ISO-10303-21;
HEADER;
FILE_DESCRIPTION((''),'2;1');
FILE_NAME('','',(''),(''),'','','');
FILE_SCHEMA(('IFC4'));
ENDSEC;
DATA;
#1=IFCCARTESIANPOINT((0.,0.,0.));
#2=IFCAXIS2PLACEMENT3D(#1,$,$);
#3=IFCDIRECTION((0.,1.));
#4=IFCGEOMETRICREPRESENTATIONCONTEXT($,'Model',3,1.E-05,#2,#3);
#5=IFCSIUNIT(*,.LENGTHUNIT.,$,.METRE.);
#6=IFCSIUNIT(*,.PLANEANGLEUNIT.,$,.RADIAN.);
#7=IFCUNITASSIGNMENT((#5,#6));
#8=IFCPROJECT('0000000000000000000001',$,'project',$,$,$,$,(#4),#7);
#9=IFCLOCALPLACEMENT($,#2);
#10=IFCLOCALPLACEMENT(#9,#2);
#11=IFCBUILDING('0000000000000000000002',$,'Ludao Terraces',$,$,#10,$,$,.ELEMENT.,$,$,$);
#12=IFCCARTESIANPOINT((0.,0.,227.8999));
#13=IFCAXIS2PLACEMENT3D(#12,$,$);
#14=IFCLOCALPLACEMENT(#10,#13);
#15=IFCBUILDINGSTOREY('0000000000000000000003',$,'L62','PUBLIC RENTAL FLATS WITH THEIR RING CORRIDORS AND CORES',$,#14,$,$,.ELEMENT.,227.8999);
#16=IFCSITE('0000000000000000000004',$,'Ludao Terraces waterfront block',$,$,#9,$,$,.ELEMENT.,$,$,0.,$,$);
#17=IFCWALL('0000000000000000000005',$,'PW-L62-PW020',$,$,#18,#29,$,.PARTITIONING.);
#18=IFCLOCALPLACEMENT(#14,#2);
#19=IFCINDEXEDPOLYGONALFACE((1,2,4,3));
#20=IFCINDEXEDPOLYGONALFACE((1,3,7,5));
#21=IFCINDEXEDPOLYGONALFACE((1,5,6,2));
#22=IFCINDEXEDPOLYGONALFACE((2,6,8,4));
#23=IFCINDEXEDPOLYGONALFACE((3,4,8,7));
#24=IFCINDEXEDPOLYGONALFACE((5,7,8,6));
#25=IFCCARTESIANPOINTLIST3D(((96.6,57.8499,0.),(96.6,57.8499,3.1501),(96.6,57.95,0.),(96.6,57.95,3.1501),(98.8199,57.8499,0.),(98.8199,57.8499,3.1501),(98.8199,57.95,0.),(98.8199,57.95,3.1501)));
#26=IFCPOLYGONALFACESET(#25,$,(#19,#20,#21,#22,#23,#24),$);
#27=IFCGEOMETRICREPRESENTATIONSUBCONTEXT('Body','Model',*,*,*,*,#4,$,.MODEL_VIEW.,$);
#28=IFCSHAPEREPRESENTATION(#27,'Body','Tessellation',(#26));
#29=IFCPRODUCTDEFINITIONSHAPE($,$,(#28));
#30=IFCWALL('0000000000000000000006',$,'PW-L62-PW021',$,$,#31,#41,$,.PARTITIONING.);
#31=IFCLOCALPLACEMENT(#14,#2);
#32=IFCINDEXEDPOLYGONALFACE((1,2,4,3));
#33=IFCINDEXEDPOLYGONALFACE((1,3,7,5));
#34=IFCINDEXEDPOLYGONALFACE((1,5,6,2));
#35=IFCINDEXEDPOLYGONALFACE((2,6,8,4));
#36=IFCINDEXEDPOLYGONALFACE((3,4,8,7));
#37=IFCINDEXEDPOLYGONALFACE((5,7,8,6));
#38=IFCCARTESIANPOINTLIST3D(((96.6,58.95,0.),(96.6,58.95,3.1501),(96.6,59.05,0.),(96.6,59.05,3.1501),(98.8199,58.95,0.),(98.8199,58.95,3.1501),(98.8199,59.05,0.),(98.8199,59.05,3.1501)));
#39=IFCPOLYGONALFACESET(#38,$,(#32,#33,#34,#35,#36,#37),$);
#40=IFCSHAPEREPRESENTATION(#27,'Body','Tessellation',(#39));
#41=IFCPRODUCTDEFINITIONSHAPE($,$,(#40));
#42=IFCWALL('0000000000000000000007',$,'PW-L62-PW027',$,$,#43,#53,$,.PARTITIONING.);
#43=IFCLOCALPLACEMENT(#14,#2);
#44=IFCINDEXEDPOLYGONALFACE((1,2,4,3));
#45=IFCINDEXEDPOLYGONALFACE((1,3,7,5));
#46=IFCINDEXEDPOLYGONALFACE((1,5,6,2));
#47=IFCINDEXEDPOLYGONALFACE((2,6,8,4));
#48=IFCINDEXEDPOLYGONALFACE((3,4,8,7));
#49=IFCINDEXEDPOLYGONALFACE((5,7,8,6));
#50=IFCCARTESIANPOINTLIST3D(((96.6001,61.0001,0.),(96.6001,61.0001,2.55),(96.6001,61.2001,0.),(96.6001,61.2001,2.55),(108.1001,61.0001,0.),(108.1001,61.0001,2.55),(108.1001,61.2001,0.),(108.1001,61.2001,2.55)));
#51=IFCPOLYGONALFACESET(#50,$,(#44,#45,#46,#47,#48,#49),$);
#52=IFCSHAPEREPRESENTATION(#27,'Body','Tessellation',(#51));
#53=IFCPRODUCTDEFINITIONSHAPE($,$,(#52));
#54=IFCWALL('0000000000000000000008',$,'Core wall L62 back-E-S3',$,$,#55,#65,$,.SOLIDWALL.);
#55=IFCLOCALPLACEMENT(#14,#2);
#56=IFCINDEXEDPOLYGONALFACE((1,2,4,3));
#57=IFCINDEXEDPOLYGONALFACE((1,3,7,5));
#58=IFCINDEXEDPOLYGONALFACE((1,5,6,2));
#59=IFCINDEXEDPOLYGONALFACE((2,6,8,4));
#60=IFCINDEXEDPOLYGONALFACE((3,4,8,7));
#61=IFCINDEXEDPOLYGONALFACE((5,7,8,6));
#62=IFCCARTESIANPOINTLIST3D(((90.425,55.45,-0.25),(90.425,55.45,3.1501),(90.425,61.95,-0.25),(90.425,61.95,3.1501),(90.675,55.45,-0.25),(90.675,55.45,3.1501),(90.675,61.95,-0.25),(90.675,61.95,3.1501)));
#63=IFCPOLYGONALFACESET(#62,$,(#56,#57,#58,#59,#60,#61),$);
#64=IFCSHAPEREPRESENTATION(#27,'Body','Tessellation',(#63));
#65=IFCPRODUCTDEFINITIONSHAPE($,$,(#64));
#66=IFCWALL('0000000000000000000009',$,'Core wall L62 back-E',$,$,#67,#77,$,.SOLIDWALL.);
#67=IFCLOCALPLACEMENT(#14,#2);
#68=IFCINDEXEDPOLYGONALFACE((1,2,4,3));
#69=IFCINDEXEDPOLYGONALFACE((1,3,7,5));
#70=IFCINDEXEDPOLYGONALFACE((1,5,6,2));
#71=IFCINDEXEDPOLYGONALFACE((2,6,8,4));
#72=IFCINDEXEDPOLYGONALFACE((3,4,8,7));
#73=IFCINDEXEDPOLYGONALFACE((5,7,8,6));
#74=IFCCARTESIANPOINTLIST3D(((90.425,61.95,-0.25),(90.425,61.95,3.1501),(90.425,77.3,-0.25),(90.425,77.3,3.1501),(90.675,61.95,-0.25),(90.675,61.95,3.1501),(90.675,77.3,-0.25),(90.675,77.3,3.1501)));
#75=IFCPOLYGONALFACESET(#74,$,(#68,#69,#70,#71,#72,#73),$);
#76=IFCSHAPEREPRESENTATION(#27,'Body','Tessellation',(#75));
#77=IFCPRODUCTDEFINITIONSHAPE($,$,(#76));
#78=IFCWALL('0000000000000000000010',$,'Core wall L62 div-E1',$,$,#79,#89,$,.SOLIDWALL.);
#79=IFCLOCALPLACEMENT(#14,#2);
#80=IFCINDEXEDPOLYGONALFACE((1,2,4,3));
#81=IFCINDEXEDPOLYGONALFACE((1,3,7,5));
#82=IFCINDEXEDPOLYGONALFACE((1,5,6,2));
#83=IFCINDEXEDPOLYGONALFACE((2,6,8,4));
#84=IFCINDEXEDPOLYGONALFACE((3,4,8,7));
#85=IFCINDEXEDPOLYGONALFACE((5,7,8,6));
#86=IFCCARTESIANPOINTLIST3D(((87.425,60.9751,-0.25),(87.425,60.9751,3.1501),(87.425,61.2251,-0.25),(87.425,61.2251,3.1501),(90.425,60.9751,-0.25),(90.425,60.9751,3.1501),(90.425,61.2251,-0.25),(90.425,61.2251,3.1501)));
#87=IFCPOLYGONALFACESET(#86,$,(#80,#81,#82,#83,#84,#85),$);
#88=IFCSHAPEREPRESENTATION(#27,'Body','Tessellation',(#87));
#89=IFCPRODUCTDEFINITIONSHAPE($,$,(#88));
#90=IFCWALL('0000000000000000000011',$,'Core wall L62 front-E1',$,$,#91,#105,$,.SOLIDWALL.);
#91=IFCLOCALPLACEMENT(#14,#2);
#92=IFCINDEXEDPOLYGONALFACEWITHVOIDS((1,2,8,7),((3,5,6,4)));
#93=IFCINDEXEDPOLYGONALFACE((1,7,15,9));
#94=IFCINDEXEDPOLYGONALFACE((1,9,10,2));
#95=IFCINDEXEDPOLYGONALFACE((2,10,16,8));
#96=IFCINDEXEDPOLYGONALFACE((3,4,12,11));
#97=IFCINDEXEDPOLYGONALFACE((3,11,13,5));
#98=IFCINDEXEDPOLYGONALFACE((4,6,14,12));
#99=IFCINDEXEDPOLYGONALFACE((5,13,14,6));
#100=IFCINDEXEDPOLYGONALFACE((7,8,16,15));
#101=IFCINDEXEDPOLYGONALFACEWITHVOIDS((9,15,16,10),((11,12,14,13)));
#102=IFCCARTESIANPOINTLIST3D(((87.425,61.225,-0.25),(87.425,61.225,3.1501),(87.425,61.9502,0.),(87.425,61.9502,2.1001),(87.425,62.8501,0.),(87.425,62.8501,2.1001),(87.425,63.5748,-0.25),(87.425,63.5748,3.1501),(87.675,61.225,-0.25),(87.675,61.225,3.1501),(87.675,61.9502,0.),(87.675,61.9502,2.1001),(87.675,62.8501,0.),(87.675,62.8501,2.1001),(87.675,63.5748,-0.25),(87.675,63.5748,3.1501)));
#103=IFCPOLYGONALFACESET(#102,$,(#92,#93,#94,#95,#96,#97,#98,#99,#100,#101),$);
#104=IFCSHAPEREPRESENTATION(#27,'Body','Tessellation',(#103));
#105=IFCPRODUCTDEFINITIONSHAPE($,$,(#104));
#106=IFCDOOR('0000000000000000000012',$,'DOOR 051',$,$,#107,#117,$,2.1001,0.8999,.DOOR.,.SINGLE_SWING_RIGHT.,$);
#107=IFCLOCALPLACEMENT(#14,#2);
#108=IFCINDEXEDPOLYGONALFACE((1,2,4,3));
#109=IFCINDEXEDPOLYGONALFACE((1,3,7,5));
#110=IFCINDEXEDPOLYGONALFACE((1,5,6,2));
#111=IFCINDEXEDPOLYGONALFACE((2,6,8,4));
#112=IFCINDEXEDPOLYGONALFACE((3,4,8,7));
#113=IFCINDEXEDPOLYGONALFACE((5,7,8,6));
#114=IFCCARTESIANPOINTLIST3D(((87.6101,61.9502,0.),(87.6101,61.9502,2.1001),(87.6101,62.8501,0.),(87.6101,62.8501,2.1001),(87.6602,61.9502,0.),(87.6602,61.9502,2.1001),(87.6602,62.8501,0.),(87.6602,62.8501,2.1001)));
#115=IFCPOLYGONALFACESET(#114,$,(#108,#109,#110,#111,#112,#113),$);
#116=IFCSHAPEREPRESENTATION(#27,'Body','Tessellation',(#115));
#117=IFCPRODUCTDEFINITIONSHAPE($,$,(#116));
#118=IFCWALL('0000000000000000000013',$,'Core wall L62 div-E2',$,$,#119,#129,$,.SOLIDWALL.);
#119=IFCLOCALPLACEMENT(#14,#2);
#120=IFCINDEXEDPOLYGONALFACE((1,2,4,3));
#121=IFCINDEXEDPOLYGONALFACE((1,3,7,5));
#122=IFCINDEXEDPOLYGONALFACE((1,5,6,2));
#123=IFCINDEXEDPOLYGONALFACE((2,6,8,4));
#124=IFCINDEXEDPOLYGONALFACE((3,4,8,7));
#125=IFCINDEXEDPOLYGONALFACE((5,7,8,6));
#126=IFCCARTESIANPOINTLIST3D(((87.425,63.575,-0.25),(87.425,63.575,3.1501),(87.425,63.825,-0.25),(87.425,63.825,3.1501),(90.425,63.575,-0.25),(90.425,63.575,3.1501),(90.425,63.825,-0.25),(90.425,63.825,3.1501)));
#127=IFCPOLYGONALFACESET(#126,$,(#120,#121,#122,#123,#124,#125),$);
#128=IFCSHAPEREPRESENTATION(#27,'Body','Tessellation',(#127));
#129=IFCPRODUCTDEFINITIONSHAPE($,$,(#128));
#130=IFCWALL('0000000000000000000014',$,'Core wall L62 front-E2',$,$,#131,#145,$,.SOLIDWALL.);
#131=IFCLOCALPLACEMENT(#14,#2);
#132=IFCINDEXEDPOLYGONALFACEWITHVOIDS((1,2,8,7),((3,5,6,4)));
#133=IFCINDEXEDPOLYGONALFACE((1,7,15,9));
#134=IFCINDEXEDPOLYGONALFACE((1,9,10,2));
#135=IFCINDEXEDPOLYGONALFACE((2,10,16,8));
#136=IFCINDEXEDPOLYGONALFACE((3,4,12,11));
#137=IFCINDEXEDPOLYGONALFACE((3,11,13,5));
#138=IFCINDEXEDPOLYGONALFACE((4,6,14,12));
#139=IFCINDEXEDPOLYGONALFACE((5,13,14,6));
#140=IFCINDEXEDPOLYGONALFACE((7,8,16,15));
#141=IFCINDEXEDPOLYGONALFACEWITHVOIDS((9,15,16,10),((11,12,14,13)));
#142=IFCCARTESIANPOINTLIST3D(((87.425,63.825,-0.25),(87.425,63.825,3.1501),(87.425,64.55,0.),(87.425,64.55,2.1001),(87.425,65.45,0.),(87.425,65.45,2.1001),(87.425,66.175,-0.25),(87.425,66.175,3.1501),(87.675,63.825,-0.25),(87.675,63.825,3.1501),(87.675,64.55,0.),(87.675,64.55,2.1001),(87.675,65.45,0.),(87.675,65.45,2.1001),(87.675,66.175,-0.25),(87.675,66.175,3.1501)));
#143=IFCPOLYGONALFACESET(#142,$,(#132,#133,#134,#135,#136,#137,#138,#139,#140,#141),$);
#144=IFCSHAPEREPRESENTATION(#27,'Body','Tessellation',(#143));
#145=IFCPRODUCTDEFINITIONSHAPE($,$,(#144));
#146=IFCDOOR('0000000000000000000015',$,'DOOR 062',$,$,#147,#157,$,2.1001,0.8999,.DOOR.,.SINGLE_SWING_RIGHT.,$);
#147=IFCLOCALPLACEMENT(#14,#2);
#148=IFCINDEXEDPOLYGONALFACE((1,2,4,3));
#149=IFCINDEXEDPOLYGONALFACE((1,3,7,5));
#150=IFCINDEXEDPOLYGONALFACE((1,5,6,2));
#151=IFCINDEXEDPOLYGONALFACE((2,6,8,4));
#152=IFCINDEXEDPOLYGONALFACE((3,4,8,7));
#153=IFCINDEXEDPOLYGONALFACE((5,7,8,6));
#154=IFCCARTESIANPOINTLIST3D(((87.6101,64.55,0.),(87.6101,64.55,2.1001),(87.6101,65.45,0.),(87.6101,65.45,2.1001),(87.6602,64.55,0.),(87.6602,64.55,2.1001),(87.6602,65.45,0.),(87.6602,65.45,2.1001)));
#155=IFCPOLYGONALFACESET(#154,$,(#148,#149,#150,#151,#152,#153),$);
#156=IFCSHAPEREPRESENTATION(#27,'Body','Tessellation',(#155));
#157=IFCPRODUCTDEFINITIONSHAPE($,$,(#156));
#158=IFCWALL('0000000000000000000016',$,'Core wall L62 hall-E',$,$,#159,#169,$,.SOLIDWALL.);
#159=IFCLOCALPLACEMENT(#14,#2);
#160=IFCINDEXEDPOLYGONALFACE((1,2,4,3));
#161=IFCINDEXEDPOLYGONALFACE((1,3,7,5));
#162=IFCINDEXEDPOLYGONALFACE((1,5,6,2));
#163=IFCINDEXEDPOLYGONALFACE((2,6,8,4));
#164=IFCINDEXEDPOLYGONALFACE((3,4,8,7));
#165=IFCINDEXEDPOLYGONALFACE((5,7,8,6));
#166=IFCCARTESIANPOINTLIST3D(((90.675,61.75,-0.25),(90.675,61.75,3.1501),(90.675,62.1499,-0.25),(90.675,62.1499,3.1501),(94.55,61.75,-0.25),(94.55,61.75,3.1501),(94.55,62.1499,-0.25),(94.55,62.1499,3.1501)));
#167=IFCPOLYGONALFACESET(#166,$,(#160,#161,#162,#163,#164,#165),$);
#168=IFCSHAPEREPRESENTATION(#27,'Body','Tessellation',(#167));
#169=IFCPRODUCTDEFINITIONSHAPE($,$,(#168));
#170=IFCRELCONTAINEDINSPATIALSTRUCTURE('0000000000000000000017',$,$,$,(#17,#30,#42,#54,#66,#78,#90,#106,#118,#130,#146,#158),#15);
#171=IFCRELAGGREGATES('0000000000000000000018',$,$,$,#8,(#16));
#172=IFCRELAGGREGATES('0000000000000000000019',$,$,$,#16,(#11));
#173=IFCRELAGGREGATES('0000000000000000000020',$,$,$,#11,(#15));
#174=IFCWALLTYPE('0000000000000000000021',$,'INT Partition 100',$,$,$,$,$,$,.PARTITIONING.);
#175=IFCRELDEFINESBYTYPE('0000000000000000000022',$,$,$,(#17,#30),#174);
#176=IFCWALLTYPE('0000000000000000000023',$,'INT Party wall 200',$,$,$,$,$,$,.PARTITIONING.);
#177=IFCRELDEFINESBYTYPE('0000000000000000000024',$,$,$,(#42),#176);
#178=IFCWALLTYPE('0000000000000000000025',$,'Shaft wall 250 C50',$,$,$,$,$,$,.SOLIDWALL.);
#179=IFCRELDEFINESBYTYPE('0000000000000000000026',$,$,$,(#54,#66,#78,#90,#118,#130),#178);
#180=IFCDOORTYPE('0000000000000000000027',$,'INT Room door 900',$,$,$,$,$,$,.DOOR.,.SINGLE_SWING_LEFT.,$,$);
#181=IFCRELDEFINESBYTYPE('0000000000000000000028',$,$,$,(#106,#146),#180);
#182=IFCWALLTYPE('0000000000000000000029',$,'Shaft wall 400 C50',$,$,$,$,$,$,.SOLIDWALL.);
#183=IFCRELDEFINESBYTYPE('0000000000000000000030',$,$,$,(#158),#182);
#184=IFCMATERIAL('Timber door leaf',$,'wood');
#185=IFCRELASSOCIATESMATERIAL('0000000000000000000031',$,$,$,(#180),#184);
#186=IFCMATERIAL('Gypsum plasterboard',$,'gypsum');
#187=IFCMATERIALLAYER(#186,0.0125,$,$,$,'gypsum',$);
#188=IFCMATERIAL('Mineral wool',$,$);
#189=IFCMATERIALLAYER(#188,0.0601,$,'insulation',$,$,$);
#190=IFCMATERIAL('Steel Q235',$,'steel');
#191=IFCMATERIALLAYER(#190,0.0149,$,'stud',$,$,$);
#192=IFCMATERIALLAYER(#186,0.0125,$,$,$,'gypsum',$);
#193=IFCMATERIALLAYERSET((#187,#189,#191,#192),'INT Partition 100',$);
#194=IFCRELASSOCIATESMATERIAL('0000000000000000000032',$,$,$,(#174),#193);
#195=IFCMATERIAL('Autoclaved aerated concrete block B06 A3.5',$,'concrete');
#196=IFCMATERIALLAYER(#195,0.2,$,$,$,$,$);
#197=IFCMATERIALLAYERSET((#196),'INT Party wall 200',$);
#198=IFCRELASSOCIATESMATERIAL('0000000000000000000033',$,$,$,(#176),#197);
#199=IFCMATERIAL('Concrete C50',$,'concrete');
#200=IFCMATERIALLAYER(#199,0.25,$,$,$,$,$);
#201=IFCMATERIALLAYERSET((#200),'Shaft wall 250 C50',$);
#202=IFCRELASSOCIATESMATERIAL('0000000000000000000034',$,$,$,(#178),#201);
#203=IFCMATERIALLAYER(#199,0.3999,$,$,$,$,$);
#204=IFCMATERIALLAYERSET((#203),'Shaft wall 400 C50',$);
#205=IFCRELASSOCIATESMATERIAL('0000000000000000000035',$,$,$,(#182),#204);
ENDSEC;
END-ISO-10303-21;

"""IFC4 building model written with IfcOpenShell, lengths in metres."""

from ifc_helpers import new_model, si_unit, direction, frame, frame_2d, origin, place, context, subcontext, project, spatial, rectangle, extrude, material, layer, layer_set, type_object, element, fill, save


model = new_model("IFC4")

# Units and contexts
model_context = context("Model", 3, precision=1e-05, world=origin(), true_north=direction((0.0, 1.0)))
body_context = subcontext(model_context, "Body", "Model", "MODEL_VIEW")
ifc_project = project(units=[si_unit("LENGTHUNIT", "METRE"), si_unit("PLANEANGLEUNIT", "RADIAN")], contexts=[model_context])

# Site, building, storey
site_placement = place(None, origin())
site = spatial("IfcSite", under=ifc_project, at=site_placement, Name="Ludao Terraces waterfront block", CompositionType="ELEMENT", RefElevation=0.0)
building_placement = place(site_placement, origin())
building = spatial("IfcBuilding", under=site, at=building_placement, Name="Ludao Terraces", CompositionType="ELEMENT")
storey_placement = place(building_placement, frame((0.0, 0.0, 227.8999)))
storey = spatial("IfcBuildingStorey", under=building, at=storey_placement, Name="L62", Description="PUBLIC RENTAL FLATS WITH THEIR RING CORRIDORS AND CORES", CompositionType="ELEMENT", Elevation=227.8999)

# Shared definitions
ifc_material_1 = material(Name="Concrete C50", Category="concrete")
ifc_material_2 = material(Name="Steel Q235", Category="steel")
ifc_material_3 = material(Name="Timber door leaf", Category="wood")
door_type_1 = type_object("IfcDoorType", Name="INT Room door 900", OperationType="SINGLE_SWING_LEFT", PredefinedType="DOOR", material=ifc_material_3)

# Shared definitions
ifc_material_4 = material(Name="Mineral wool")

# Walls
ifc_material_5 = material(Name="Gypsum plasterboard", Category="gypsum")
ifc_layer_1 = layer(ifc_material_5, 0.0125, Category="gypsum")
ifc_layer_2 = layer(ifc_material_4, 0.0601, Name="insulation")
ifc_layer_3 = layer(ifc_material_2, 0.0149, Name="stud")
ifc_layer_4 = layer(ifc_material_5, 0.0125, Category="gypsum")
ifc_layer_set_1 = layer_set([ifc_layer_1, ifc_layer_2, ifc_layer_3, ifc_layer_4], Name="INT Partition 100")
wall_type_1 = type_object("IfcWallType", Name="INT Partition 100", PredefinedType="PARTITIONING", material=ifc_layer_set_1)
for number, where, z_axis, x_axis, name in (
    (1, (96.6001, 57.8999, 0.0), (0.0, 0.0, 1.0), (1.0, 0.0, 0.0), "PW-L62-PW020"),
    (2, (96.6001, 59.0, 0.0), (0.0, 0.0, 1.0), (1.0, 0.0, 0.0), "PW-L62-PW021"),
):
    element("IfcWall", number, at=place(storey_placement, frame(where, z_axis=z_axis, x_axis=x_axis)), inside=storey, type_object=wall_type_1, Name=name, PredefinedType="PARTITIONING", context=body_context, shape_type="SweptSolid", body=[
        extrude(rectangle(XDim=2.22, YDim=0.1001, at=frame_2d((1.1099, 0.0))), origin(), (0.0, 0.0, 1.0), 3.1501),
    ])
ifc_material_6 = material(Name="Autoclaved aerated concrete block B06 A3.5", Category="concrete")
ifc_layer_5 = layer(ifc_material_6, 0.2)
ifc_layer_set_2 = layer_set([ifc_layer_5], Name="INT Party wall 200")
wall_type_2 = type_object("IfcWallType", Name="INT Party wall 200", PredefinedType="PARTITIONING", material=ifc_layer_set_2)
wall_1_placement = place(storey_placement, frame((96.6001, 61.1001, 0.0), z_axis=(0.0, 0.0, 1.0), x_axis=(1.0, 0.0, 0.0)))
element("IfcWall", 3, at=wall_1_placement, inside=storey, type_object=wall_type_2, Name="PW-L62-PW027", PredefinedType="PARTITIONING", context=body_context, shape_type="SweptSolid", body=[
    extrude(rectangle(XDim=11.5, YDim=0.2, at=frame_2d((5.75, 0.0))), origin(), (0.0, 0.0, 1.0), 2.55),
])
ifc_layer_6 = layer(ifc_material_1, 0.25)
ifc_layer_set_3 = layer_set([ifc_layer_6], Name="Shaft wall 250 C50")
wall_type_3 = type_object("IfcWallType", Name="Shaft wall 250 C50", PredefinedType="SOLIDWALL", material=ifc_layer_set_3)
wall_2_placement = place(storey_placement, frame((90.55, 55.45, -0.25), z_axis=(0.0, 0.0, 1.0), x_axis=(0.0, 1.0, 0.0)))
element("IfcWall", 4, at=wall_2_placement, inside=storey, type_object=wall_type_3, Name="Core wall L62 back-E-S3", PredefinedType="SOLIDWALL", context=body_context, shape_type="SweptSolid", body=[
    extrude(rectangle(XDim=6.5, YDim=0.25, at=frame_2d((3.25, 0.0))), origin(), (0.0, 0.0, 1.0), 3.4001),
])
wall_3_placement = place(storey_placement, frame((90.55, 61.95, -0.25), z_axis=(0.0, 0.0, 1.0), x_axis=(0.0, 1.0, 0.0)))
element("IfcWall", 5, at=wall_3_placement, inside=storey, type_object=wall_type_3, Name="Core wall L62 back-E", PredefinedType="SOLIDWALL", context=body_context, shape_type="SweptSolid", body=[
    extrude(rectangle(XDim=15.3501, YDim=0.25, at=frame_2d((7.675, 0.0))), origin(), (0.0, 0.0, 1.0), 3.4001),
])
wall_4_placement = place(storey_placement, frame((87.425, 61.1001, -0.25), z_axis=(0.0, 0.0, 1.0), x_axis=(1.0, 0.0, 0.0)))
element("IfcWall", 6, at=wall_4_placement, inside=storey, type_object=wall_type_3, Name="Core wall L62 div-E1", PredefinedType="SOLIDWALL", context=body_context, shape_type="SweptSolid", body=[
    extrude(rectangle(XDim=3.0, YDim=0.25, at=frame_2d((1.5, 0.0))), origin(), (0.0, 0.0, 1.0), 3.4001),
])

# Wall, opening, door
wall_5_placement = place(storey_placement, frame((87.55, 61.2251, -0.25), z_axis=(0.0, 0.0, 1.0), x_axis=(0.0, 1.0, 0.0)))
wall_5 = element("IfcWall", 7, at=wall_5_placement, inside=storey, type_object=wall_type_3, Name="Core wall L62 front-E1", PredefinedType="SOLIDWALL", context=body_context, shape_type="SweptSolid", body=[
    extrude(rectangle(XDim=2.3499, YDim=0.25, at=frame_2d((1.1748, 0.0))), origin(), (0.0, 0.0, 1.0), 3.4001),
])
opening_1_placement = place(wall_5_placement, frame((0.7251, 0.0, 0.25)))
opening_1 = element("IfcOpeningElement", 8, at=opening_1_placement, cuts=wall_5, PredefinedType="OPENING", context=body_context, shape_type="SweptSolid", body=[
    extrude(rectangle(XDim=0.8999, YDim=2.1001, at=frame_2d((0.45, 1.05))), frame((0.0, 0.135, 0.0), z_axis=(0.0, -1.0, 0.0), x_axis=(1.0, 0.0, 0.0)), (0.0, 0.0, 1.0), 0.27),
])
door_1_placement = place(opening_1_placement, origin())
door_1 = element("IfcDoor", 9, at=door_1_placement, inside=storey, type_object=door_type_1, Name="DOOR 051", OperationType="SINGLE_SWING_RIGHT", OverallHeight=2.1001, OverallWidth=0.8999, PredefinedType="DOOR", context=body_context, shape_type="SweptSolid", body=[
    extrude(rectangle(XDim=0.8999, YDim=2.1001, at=frame_2d((0.45, 1.05))), frame((0.0, -0.0601, 0.0), z_axis=(0.0, -1.0, 0.0), x_axis=(1.0, 0.0, 0.0)), (0.0, 0.0, 1.0), 0.05),
])
fill(opening_1, door_1)

# Wall
wall_6_placement = place(storey_placement, frame((87.425, 63.7, -0.25), z_axis=(0.0, 0.0, 1.0), x_axis=(1.0, 0.0, 0.0)))
element("IfcWall", 10, at=wall_6_placement, inside=storey, type_object=wall_type_3, Name="Core wall L62 div-E2", PredefinedType="SOLIDWALL", context=body_context, shape_type="SweptSolid", body=[
    extrude(rectangle(XDim=3.0, YDim=0.25, at=frame_2d((1.5, 0.0))), origin(), (0.0, 0.0, 1.0), 3.4001),
])

# Wall, opening, door
wall_7_placement = place(storey_placement, frame((87.55, 63.825, -0.25), z_axis=(0.0, 0.0, 1.0), x_axis=(0.0, 1.0, 0.0)))
wall_7 = element("IfcWall", 11, at=wall_7_placement, inside=storey, type_object=wall_type_3, Name="Core wall L62 front-E2", PredefinedType="SOLIDWALL", context=body_context, shape_type="SweptSolid", body=[
    extrude(rectangle(XDim=2.3501, YDim=0.25, at=frame_2d((1.175, 0.0))), origin(), (0.0, 0.0, 1.0), 3.4001),
])
opening_2_placement = place(wall_7_placement, frame((0.7251, 0.0, 0.25)))
opening_2 = element("IfcOpeningElement", 12, at=opening_2_placement, cuts=wall_7, PredefinedType="OPENING", context=body_context, shape_type="SweptSolid", body=[
    extrude(rectangle(XDim=0.8999, YDim=2.1001, at=frame_2d((0.45, 1.05))), frame((0.0, 0.135, 0.0), z_axis=(0.0, -1.0, 0.0), x_axis=(1.0, 0.0, 0.0)), (0.0, 0.0, 1.0), 0.27),
])
door_2_placement = place(opening_2_placement, origin())
door_2 = element("IfcDoor", 13, at=door_2_placement, inside=storey, type_object=door_type_1, Name="DOOR 062", OperationType="SINGLE_SWING_RIGHT", OverallHeight=2.1001, OverallWidth=0.8999, PredefinedType="DOOR", context=body_context, shape_type="SweptSolid", body=[
    extrude(rectangle(XDim=0.8999, YDim=2.1001, at=frame_2d((0.45, 1.05))), frame((0.0, -0.0601, 0.0), z_axis=(0.0, -1.0, 0.0), x_axis=(1.0, 0.0, 0.0)), (0.0, 0.0, 1.0), 0.05),
])
fill(opening_2, door_2)

# Wall
ifc_layer_7 = layer(ifc_material_1, 0.3999)
ifc_layer_set_4 = layer_set([ifc_layer_7], Name="Shaft wall 400 C50")
wall_type_4 = type_object("IfcWallType", Name="Shaft wall 400 C50", PredefinedType="SOLIDWALL", material=ifc_layer_set_4)
wall_8_placement = place(storey_placement, frame((90.675, 61.95, -0.25), z_axis=(0.0, 0.0, 1.0), x_axis=(1.0, 0.0, 0.0)))
element("IfcWall", 14, at=wall_8_placement, inside=storey, type_object=wall_type_4, Name="Core wall L62 hall-E", PredefinedType="SOLIDWALL", context=body_context, shape_type="SweptSolid", body=[
    extrude(rectangle(XDim=3.875, YDim=0.3999, at=frame_2d((1.9375, 0.0))), origin(), (0.0, 0.0, 1.0), 3.4001),
])

save(model, "model.ifc")
